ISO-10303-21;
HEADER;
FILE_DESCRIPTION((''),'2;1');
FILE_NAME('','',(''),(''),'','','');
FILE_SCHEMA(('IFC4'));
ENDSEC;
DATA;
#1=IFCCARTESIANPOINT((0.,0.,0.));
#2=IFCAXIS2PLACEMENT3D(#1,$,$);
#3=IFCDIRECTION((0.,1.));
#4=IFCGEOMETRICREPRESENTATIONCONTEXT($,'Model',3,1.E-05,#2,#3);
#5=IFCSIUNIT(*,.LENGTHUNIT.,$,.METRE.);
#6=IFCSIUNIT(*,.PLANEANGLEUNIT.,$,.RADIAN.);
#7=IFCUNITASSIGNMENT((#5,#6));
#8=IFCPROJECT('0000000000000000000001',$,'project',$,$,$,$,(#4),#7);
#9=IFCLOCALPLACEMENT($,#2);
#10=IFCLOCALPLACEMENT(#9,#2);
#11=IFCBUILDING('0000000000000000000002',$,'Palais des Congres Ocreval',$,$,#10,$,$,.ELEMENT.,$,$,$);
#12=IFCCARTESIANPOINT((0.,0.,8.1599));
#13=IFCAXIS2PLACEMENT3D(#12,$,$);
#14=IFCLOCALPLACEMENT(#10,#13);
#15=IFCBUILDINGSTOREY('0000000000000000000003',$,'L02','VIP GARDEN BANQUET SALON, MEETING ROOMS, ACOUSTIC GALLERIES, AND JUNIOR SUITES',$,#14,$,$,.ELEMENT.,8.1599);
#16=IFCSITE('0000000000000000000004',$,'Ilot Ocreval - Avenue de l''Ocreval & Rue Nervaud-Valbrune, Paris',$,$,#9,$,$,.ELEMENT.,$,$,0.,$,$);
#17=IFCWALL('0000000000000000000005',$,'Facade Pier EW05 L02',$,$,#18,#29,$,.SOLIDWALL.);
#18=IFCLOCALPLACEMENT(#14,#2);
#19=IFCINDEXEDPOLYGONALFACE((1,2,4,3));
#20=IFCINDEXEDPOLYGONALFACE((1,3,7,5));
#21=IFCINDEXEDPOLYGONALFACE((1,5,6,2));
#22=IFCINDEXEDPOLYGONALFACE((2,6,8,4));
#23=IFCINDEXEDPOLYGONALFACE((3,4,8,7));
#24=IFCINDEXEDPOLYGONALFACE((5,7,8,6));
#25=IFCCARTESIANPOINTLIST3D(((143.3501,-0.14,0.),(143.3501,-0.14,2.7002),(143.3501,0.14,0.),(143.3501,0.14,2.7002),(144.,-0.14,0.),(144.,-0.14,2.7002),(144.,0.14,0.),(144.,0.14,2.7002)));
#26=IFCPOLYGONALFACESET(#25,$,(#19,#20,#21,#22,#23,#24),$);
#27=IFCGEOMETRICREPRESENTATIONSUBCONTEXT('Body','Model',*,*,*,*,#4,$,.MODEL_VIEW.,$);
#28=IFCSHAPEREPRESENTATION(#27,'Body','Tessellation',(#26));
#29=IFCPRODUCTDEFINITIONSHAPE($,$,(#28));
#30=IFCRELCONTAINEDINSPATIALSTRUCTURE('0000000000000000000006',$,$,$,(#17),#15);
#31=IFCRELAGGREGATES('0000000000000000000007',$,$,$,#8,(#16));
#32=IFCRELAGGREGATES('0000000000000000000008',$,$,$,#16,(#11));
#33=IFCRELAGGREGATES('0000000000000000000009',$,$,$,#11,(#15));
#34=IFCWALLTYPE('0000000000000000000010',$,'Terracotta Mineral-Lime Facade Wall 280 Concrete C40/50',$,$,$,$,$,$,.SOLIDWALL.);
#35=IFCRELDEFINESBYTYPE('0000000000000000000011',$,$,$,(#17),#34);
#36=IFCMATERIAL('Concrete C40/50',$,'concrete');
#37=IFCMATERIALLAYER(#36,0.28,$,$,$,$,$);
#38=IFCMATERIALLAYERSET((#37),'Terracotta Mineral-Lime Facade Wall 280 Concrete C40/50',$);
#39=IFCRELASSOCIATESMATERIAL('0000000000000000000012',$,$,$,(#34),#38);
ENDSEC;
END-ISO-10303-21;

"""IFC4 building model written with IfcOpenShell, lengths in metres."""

from ifc_helpers import new_model, si_unit, direction, frame, frame_2d, origin, place, context, subcontext, project, spatial, rectangle, extrude, material, layer, layer_set, type_object, element, save


model = new_model("IFC4")

# Units and contexts
model_context = context("Model", 3, precision=1e-05, world=origin(), true_north=direction((0.0, 1.0)))
body_context = subcontext(model_context, "Body", "Model", "MODEL_VIEW")
ifc_project = project(units=[si_unit("LENGTHUNIT", "METRE"), si_unit("PLANEANGLEUNIT", "RADIAN")], contexts=[model_context])

# Site, building, storey
site_placement = place(None, origin())
site = spatial("IfcSite", under=ifc_project, at=site_placement, Name="Ilot Ocreval - Avenue de l'Ocreval & Rue Nervaud-Valbrune, Paris", CompositionType="ELEMENT", RefElevation=0.0)
building_placement = place(site_placement, origin())
building = spatial("IfcBuilding", under=site, at=building_placement, Name="Palais des Congres Ocreval", CompositionType="ELEMENT")
storey_placement = place(building_placement, frame((0.0, 0.0, 8.1599)))
storey = spatial("IfcBuildingStorey", under=building, at=storey_placement, Name="L02", Description="VIP GARDEN BANQUET SALON, MEETING ROOMS, ACOUSTIC GALLERIES, AND JUNIOR SUITES", CompositionType="ELEMENT", Elevation=8.1599)

# Wall
ifc_material_1 = material(Name="Concrete C40/50", Category="concrete")
ifc_layer_1 = layer(ifc_material_1, 0.28)
ifc_layer_set_1 = layer_set([ifc_layer_1], Name="Terracotta Mineral-Lime Facade Wall 280 Concrete C40/50")
wall_type_1 = type_object("IfcWallType", Name="Terracotta Mineral-Lime Facade Wall 280 Concrete C40/50", PredefinedType="SOLIDWALL", material=ifc_layer_set_1)
wall_1_placement = place(storey_placement, frame((144.0, 0.0, 0.0), z_axis=(0.0, 0.0, 1.0), x_axis=(-1.0, 0.0, 0.0)))
element("IfcWall", 1, at=wall_1_placement, inside=storey, type_object=wall_type_1, Name="Facade Pier EW05 L02", PredefinedType="SOLIDWALL", context=body_context, shape_type="SweptSolid", body=[
    extrude(rectangle(XDim=0.6499, YDim=0.28, at=frame_2d((0.325, 0.0))), origin(), (0.0, 0.0, 1.0), 2.7002),
])

save(model, "model.ifc")
